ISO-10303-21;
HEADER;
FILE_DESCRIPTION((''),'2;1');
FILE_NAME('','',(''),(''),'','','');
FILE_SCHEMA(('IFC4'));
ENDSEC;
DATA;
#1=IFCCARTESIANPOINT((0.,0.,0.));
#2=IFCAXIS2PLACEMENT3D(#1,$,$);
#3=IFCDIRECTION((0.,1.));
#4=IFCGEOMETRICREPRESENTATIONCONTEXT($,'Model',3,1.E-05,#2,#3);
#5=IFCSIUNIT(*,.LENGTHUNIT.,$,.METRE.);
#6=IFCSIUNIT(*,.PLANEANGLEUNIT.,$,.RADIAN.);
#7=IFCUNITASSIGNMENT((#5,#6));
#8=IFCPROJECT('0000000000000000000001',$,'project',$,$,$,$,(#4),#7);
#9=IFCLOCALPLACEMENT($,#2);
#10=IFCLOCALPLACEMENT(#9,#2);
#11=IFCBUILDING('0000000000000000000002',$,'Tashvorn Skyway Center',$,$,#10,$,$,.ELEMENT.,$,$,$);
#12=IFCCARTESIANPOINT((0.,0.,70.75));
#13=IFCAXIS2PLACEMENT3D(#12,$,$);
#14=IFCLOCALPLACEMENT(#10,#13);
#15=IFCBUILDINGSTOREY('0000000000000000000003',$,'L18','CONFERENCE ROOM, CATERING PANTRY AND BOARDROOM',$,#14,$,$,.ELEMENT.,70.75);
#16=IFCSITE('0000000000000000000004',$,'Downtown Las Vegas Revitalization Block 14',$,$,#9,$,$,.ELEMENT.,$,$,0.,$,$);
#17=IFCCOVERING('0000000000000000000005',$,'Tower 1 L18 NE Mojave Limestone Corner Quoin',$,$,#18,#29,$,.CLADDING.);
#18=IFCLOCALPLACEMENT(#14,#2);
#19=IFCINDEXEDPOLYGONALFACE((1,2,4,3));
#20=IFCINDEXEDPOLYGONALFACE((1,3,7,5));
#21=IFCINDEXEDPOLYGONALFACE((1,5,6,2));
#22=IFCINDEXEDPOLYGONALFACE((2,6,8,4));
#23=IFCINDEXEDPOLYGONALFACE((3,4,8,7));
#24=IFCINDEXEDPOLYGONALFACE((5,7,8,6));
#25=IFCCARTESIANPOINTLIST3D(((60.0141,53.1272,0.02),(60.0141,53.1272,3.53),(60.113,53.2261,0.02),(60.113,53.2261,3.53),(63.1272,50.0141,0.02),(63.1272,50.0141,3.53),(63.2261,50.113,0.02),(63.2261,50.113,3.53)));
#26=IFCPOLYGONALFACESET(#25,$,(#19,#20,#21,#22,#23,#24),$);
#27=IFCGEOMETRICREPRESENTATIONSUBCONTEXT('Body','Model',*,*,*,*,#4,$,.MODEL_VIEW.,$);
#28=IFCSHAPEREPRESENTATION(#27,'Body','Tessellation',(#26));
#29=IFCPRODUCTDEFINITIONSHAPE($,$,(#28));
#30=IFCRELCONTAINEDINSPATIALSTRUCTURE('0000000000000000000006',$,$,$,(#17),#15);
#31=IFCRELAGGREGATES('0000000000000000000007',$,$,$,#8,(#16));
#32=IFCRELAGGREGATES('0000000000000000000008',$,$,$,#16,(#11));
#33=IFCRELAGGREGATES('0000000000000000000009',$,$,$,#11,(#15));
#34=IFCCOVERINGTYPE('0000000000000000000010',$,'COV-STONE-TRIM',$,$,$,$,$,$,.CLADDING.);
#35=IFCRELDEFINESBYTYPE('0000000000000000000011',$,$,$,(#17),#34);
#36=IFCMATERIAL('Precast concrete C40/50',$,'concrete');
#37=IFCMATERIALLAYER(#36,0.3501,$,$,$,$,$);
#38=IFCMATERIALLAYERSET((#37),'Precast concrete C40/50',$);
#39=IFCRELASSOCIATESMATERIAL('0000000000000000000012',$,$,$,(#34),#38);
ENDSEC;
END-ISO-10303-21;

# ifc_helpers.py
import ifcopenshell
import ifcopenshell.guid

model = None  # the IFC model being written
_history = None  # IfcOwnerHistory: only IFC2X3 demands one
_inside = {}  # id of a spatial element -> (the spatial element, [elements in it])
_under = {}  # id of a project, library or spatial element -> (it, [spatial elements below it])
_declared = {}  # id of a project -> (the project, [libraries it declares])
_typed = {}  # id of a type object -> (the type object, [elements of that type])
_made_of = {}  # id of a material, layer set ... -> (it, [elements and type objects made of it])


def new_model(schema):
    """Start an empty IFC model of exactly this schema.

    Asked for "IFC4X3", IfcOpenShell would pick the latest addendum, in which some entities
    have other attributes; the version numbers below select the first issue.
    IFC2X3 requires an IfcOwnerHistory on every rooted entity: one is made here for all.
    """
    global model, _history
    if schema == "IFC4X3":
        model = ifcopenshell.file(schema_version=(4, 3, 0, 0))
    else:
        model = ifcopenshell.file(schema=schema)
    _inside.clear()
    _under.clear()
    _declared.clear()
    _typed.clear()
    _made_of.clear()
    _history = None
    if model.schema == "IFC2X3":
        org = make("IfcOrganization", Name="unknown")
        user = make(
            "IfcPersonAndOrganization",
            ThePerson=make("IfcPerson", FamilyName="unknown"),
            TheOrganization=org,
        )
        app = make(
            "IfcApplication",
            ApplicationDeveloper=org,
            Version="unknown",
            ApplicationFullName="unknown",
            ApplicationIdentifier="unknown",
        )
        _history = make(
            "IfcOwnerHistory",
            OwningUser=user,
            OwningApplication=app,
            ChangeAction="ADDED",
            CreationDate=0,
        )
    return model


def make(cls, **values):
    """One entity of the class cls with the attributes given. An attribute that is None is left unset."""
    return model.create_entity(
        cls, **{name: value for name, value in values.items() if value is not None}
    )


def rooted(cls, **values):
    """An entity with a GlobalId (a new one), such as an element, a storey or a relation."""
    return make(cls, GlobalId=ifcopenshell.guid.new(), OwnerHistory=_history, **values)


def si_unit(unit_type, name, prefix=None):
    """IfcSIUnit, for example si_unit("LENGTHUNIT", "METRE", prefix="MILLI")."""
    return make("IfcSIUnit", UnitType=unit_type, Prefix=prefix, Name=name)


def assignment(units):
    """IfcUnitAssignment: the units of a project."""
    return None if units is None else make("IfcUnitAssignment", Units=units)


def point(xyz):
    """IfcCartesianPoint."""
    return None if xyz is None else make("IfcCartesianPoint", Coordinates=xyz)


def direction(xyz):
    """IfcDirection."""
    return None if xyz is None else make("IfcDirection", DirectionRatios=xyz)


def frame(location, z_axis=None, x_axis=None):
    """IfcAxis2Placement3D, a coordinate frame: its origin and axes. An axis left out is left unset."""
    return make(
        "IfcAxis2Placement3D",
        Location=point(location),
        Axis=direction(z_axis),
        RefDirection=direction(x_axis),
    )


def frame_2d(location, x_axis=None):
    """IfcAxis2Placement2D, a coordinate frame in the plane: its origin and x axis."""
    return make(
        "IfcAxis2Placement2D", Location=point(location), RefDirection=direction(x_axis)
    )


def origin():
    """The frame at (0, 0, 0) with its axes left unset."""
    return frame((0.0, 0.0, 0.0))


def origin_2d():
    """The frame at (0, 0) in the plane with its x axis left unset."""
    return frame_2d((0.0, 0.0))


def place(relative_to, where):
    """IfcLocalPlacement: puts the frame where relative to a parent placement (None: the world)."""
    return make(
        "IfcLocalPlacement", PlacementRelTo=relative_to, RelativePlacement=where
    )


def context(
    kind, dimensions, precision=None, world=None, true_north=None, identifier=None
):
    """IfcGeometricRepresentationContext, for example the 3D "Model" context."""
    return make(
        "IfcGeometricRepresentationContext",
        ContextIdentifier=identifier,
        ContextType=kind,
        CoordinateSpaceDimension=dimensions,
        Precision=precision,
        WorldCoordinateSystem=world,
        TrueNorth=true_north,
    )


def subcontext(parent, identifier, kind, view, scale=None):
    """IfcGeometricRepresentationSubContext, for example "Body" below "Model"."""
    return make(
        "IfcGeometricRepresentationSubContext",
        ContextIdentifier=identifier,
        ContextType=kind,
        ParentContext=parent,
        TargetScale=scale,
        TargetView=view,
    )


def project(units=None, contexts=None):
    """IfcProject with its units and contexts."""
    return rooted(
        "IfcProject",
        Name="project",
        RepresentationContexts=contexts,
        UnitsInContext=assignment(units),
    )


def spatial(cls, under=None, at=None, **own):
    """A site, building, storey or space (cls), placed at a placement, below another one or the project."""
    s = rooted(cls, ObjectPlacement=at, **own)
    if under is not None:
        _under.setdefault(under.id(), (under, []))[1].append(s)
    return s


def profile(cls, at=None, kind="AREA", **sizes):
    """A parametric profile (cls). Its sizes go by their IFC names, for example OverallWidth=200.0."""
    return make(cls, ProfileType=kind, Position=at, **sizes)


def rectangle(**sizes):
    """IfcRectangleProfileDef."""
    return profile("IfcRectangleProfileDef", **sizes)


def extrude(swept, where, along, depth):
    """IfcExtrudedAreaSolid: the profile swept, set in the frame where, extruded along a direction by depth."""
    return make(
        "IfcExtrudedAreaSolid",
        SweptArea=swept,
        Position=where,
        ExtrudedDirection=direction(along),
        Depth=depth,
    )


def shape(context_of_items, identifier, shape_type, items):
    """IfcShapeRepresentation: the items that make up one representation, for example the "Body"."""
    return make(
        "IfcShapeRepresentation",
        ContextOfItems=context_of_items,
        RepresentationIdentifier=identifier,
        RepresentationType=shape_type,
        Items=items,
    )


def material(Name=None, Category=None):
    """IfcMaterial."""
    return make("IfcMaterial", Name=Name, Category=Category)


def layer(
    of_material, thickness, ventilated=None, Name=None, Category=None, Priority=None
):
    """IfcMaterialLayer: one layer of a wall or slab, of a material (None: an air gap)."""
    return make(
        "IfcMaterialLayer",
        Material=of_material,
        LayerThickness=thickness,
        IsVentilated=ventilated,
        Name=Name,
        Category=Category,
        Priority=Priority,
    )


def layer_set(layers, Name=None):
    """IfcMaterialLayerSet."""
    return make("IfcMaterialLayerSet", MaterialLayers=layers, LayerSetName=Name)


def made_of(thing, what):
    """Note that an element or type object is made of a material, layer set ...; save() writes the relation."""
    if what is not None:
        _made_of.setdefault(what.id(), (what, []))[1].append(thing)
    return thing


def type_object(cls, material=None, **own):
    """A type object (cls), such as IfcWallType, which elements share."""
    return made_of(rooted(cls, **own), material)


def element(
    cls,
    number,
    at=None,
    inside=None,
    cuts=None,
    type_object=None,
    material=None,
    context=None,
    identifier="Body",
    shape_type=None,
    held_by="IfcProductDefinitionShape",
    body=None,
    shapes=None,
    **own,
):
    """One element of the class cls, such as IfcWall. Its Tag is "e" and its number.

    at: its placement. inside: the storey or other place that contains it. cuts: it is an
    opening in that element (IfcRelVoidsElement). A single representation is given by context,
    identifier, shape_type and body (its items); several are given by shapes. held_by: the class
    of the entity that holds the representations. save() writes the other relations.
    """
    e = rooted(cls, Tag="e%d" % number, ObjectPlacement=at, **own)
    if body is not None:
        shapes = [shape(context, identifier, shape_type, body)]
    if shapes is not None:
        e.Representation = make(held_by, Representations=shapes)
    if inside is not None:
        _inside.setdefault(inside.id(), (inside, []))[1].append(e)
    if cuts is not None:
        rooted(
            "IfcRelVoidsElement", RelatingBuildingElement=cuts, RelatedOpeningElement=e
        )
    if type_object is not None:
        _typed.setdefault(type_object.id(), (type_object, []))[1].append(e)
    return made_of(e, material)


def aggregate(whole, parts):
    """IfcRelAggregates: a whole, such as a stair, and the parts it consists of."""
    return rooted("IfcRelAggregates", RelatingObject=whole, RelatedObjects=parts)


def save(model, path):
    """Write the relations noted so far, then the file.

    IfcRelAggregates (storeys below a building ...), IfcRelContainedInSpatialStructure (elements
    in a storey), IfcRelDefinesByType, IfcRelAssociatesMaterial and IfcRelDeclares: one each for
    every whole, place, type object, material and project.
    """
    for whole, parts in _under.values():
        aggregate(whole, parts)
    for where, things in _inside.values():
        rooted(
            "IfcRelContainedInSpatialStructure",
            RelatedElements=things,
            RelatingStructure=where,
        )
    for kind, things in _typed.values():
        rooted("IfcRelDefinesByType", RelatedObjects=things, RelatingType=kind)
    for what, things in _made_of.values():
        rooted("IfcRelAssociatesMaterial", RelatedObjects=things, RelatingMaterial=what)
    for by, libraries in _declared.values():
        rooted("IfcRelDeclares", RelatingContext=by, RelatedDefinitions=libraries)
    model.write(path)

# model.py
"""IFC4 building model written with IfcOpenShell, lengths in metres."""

from ifc_helpers import new_model, si_unit, direction, frame, origin, origin_2d, place, context, subcontext, project, spatial, rectangle, extrude, material, layer, layer_set, type_object, element, save


model = new_model("IFC4")

# Units and contexts
model_context = context("Model", 3, precision=1e-05, world=origin(), true_north=direction((0.0, 1.0)))
body_context = subcontext(model_context, "Body", "Model", "MODEL_VIEW")
ifc_project = project(units=[si_unit("LENGTHUNIT", "METRE"), si_unit("PLANEANGLEUNIT", "RADIAN")], contexts=[model_context])

# Site, building, storey
site_placement = place(None, origin())
site = spatial("IfcSite", under=ifc_project, at=site_placement, Name="Downtown Las Vegas Revitalization Block 14", CompositionType="ELEMENT", RefElevation=0.0)
building_placement = place(site_placement, origin())
building = spatial("IfcBuilding", under=site, at=building_placement, Name="Tashvorn Skyway Center", CompositionType="ELEMENT")
storey_placement = place(building_placement, frame((0.0, 0.0, 70.75)))
storey = spatial("IfcBuildingStorey", under=building, at=storey_placement, Name="L18", Description="CONFERENCE ROOM, CATERING PANTRY AND BOARDROOM", CompositionType="ELEMENT", Elevation=70.75)

# Shared definitions
ifc_material_1 = material(Name="Precast concrete C40/50", Category="concrete")

# Covering
ifc_layer_1 = layer(ifc_material_1, 0.3501)
ifc_layer_set_1 = layer_set([ifc_layer_1], Name="Precast concrete C40/50")
covering_type_1 = type_object("IfcCoveringType", Name="COV-STONE-TRIM", PredefinedType="CLADDING", material=ifc_layer_set_1)
covering_placement = place(storey_placement, frame((61.6201, 51.6201, 0.02), z_axis=(0.0, 0.0, 1.0), x_axis=(0.707107, -0.707107, 0.0)))
element("IfcCovering", 1, at=covering_placement, inside=storey, type_object=covering_type_1, Name="Tower 1 L18 NE Mojave Limestone Corner Quoin", PredefinedType="CLADDING", context=body_context, shape_type="SweptSolid", body=[
    extrude(rectangle(XDim=4.4026, YDim=0.1399, at=origin_2d()), origin(), (0.0, 0.0, 1.0), 3.51),
])

save(model, "model.ifc")
